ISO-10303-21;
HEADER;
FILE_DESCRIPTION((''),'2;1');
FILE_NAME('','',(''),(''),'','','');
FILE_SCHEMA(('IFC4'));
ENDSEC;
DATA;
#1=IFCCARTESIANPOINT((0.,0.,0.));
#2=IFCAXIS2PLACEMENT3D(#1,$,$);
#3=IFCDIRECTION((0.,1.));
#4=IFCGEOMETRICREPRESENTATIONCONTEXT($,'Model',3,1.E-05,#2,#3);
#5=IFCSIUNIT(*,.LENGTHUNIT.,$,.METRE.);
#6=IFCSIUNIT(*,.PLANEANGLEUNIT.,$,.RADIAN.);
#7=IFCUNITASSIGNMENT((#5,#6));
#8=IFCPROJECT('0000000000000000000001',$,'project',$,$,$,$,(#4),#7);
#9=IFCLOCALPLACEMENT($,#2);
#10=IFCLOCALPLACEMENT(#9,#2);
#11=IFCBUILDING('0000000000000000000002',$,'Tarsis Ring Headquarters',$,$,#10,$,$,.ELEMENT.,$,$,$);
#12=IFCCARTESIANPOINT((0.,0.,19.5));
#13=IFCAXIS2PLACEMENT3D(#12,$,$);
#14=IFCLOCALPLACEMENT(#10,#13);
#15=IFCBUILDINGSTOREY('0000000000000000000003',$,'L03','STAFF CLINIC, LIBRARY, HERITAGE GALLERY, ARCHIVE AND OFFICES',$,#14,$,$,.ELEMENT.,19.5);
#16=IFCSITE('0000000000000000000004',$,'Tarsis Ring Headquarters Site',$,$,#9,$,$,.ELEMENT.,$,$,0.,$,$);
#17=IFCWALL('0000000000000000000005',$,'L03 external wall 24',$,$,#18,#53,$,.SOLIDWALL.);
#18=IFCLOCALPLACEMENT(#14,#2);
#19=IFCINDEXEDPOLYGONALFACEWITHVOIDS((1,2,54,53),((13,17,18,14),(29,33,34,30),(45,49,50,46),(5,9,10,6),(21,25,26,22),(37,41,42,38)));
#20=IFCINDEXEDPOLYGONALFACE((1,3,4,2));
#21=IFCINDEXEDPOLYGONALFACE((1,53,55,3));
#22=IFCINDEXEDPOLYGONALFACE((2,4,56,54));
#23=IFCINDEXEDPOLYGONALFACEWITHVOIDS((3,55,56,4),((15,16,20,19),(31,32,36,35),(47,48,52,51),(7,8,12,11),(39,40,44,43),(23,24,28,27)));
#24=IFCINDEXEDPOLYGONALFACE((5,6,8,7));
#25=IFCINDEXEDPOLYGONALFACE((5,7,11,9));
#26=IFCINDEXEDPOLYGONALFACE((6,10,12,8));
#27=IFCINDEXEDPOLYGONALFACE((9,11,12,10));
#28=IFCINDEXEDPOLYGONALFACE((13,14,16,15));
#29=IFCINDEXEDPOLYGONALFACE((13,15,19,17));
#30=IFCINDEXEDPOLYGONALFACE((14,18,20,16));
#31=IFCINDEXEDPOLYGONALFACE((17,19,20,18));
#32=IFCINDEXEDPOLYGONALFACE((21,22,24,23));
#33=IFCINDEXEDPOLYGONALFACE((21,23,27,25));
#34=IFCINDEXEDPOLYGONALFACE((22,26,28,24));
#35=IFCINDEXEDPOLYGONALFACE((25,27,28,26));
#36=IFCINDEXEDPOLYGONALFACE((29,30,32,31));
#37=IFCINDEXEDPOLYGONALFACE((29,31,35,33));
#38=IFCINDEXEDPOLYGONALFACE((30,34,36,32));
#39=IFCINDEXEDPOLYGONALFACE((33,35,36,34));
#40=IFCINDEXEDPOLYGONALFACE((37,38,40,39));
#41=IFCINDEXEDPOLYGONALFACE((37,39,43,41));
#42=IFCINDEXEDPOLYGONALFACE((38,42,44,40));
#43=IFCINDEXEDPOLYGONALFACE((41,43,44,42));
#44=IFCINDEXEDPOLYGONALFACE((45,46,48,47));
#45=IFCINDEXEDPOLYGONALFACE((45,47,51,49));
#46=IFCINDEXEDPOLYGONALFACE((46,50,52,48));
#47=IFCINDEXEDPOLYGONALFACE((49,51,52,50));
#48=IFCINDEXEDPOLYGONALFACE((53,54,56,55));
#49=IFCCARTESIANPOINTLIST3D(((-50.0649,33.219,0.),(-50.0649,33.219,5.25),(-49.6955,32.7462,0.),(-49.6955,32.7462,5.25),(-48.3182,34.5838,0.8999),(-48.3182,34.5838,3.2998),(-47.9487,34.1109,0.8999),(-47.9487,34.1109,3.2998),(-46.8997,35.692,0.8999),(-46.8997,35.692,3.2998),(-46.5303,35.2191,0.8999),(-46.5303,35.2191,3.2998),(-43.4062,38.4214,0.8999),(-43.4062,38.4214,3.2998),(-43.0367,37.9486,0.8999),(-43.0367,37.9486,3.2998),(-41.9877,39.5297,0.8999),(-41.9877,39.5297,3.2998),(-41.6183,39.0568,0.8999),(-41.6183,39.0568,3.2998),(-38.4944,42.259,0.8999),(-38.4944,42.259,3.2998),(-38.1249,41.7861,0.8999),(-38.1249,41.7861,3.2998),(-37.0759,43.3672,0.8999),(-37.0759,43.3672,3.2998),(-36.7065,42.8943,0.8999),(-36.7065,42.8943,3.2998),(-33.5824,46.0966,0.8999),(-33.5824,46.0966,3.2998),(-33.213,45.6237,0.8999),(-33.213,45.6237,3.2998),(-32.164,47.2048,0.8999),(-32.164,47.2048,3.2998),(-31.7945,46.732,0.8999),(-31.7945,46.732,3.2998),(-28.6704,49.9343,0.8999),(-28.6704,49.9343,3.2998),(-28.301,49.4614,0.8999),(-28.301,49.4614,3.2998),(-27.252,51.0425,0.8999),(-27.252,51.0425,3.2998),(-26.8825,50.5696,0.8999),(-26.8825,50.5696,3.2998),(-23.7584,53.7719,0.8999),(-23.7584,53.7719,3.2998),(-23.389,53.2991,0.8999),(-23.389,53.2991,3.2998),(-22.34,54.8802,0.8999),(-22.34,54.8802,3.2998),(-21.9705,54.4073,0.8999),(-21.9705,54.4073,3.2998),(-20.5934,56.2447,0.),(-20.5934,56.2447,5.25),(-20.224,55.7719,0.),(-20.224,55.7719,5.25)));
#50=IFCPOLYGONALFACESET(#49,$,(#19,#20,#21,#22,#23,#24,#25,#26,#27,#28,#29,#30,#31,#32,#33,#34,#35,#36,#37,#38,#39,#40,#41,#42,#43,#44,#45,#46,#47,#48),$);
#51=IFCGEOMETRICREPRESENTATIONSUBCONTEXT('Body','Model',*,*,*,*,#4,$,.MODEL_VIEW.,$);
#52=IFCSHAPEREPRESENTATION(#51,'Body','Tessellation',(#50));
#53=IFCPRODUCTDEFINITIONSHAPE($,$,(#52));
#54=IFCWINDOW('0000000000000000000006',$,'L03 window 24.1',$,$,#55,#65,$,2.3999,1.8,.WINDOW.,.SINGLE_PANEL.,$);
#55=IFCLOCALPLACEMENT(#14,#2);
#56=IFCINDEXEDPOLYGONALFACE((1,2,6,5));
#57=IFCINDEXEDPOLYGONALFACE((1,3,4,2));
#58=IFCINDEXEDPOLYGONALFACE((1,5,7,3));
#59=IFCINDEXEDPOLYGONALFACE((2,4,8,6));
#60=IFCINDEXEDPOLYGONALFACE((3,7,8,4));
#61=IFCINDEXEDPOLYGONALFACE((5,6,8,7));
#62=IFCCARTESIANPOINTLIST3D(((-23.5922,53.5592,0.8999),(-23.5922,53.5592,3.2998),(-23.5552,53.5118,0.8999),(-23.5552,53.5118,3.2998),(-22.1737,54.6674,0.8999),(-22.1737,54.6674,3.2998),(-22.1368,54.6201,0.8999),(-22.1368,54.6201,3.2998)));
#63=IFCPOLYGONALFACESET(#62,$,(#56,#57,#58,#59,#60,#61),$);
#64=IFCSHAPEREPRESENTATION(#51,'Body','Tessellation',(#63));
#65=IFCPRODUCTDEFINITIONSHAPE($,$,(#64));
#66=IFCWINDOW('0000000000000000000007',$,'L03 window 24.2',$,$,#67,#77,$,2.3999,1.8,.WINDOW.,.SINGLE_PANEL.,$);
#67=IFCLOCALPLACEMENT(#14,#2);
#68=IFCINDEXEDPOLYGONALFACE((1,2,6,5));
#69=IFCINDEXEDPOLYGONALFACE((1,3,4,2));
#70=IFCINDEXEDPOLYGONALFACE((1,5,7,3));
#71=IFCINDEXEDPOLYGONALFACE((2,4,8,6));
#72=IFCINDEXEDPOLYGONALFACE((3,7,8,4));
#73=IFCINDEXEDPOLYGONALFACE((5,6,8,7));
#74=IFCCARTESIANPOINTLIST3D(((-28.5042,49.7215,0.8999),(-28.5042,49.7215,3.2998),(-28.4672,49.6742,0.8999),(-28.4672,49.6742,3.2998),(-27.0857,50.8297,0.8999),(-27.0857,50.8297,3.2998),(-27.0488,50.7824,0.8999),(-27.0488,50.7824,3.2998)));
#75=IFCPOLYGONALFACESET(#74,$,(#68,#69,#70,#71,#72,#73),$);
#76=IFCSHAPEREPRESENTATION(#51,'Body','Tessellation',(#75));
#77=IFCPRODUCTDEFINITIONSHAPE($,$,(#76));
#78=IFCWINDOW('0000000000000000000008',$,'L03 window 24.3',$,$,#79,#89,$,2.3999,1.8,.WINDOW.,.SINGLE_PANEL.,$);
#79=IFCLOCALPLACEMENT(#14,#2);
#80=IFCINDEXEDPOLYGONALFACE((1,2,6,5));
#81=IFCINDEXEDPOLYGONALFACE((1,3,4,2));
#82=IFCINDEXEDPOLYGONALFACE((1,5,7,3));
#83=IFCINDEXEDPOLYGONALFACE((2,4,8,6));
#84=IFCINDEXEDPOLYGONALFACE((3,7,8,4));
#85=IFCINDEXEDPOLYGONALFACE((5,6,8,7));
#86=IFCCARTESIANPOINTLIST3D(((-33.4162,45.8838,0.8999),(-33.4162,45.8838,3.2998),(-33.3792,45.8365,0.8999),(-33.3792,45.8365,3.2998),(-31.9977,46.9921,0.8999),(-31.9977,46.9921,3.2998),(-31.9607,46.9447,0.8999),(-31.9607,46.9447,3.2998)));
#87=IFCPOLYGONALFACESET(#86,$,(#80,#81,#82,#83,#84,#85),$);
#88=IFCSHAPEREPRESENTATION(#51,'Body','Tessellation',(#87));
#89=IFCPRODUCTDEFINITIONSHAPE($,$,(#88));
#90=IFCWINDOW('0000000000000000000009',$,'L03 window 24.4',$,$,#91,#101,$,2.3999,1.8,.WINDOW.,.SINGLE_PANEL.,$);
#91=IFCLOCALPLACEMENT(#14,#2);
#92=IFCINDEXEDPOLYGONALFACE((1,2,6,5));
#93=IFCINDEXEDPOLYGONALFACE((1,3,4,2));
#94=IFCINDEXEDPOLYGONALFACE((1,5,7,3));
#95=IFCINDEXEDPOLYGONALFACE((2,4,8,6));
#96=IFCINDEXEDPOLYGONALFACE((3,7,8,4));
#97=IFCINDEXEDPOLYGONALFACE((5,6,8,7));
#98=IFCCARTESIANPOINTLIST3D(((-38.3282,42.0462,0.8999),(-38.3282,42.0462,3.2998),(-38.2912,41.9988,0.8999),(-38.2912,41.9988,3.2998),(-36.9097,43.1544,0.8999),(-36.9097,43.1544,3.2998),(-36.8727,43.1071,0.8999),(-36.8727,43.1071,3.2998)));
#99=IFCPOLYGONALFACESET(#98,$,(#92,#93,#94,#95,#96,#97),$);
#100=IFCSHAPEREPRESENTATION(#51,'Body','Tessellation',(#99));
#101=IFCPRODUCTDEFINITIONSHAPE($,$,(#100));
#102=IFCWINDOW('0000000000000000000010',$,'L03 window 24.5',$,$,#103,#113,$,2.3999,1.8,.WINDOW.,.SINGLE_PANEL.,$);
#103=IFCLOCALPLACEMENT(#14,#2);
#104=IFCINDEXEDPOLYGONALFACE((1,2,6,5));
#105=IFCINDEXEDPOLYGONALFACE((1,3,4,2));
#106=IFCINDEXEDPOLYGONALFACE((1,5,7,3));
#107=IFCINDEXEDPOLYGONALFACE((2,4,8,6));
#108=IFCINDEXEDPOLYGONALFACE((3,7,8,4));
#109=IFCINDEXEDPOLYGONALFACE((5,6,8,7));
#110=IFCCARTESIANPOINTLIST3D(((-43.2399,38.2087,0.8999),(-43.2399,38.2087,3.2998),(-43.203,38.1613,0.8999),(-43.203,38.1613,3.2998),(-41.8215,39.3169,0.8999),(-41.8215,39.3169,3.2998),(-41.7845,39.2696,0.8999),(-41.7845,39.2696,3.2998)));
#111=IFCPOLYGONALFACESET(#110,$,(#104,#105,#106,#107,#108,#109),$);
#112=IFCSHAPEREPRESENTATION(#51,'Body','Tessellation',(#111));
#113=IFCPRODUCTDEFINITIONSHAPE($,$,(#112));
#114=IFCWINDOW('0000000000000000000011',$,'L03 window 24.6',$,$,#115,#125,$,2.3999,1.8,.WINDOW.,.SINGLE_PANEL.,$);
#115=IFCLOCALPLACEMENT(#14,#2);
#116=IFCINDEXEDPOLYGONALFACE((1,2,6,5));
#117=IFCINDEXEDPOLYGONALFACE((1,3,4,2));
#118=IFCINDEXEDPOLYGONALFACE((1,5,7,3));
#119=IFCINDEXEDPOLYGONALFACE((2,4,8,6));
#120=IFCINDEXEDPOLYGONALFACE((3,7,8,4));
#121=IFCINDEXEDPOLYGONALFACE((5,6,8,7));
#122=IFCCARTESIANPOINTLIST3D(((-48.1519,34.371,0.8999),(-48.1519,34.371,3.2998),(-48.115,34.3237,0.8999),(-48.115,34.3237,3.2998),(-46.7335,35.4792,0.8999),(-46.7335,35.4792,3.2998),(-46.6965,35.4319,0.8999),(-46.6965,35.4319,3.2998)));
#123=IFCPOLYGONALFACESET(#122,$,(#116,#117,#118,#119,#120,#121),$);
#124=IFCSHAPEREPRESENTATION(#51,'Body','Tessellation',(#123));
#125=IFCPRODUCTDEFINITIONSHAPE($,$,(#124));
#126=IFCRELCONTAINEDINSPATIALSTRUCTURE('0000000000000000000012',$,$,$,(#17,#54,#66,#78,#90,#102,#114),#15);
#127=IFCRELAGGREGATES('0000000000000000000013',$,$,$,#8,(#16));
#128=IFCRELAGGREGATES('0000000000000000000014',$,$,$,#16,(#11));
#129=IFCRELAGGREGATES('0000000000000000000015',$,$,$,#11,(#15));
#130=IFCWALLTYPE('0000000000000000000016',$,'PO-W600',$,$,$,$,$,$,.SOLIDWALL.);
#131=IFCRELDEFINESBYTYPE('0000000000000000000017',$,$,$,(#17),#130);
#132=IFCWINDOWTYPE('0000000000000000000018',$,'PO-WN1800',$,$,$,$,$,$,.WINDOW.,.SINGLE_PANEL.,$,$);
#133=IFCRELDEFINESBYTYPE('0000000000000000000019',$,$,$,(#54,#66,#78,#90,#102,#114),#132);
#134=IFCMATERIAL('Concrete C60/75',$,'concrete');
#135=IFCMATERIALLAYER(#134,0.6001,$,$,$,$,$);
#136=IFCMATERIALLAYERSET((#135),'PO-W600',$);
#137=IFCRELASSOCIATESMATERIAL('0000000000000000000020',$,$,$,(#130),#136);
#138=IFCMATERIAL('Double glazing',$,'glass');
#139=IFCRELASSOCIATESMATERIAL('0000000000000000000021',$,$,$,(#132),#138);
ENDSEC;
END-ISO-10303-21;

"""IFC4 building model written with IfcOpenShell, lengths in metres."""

from ifc_helpers import new_model, si_unit, direction, frame, frame_2d, origin, place, context, subcontext, project, spatial, rectangle, extrude, material, layer, layer_set, type_object, element, fill, save


model = new_model("IFC4")

# Units and contexts
model_context = context("Model", 3, precision=1e-05, world=origin(), true_north=direction((0.0, 1.0)))
body_context = subcontext(model_context, "Body", "Model", "MODEL_VIEW")
ifc_project = project(units=[si_unit("LENGTHUNIT", "METRE"), si_unit("PLANEANGLEUNIT", "RADIAN")], contexts=[model_context])

# Site, building, storey
site_placement = place(None, origin())
site = spatial("IfcSite", under=ifc_project, at=site_placement, Name="Tarsis Ring Headquarters Site", CompositionType="ELEMENT", RefElevation=0.0)
building_placement = place(site_placement, origin())
building = spatial("IfcBuilding", under=site, at=building_placement, Name="Tarsis Ring Headquarters", CompositionType="ELEMENT")
storey_placement = place(building_placement, frame((0.0, 0.0, 19.5)))
storey = spatial("IfcBuildingStorey", under=building, at=storey_placement, Name="L03", Description="STAFF CLINIC, LIBRARY, HERITAGE GALLERY, ARCHIVE AND OFFICES", CompositionType="ELEMENT", Elevation=19.5)

# Shared definitions
ifc_material_1 = material(Name="Concrete C60/75", Category="concrete")

# Wall, openings, windows
ifc_layer_1 = layer(ifc_material_1, 0.6001)
ifc_layer_set_1 = layer_set([ifc_layer_1], Name="PO-W600")
wall_type_1 = type_object("IfcWallType", Name="PO-W600", PredefinedType="SOLIDWALL", material=ifc_layer_set_1)
wall_1_placement = place(storey_placement, frame((-20.4087, 56.0083, 0.0), z_axis=(0.0, 0.0, 1.0), x_axis=(-0.78801, -0.615662, 0.0)))
wall_1 = element("IfcWall", 1, at=wall_1_placement, inside=storey, type_object=wall_type_1, Name="L03 external wall 24", PredefinedType="SOLIDWALL", context=body_context, shape_type="SweptSolid", body=[
    extrude(rectangle(XDim=37.3999, YDim=0.6001, at=frame_2d((18.7, 0.0))), origin(), (0.0, 0.0, 1.0), 5.25),
])
opening_1_placement = place(wall_1_placement, frame((2.2166, 0.0, 0.8999)))
opening_1 = element("IfcOpeningElement", 2, at=opening_1_placement, cuts=wall_1, PredefinedType="OPENING", context=body_context, shape_type="SweptSolid", body=[
    extrude(rectangle(XDim=1.8, YDim=2.3999, at=frame_2d((0.8999, 1.2))), frame((0.0, 0.3101, 0.0), z_axis=(0.0, -1.0, 0.0), x_axis=(1.0, 0.0, 0.0)), (0.0, 0.0, 1.0), 0.6201),
])
opening_2_placement = place(wall_1_placement, frame((8.45, 0.0, 0.8999)))
opening_2 = element("IfcOpeningElement", 3, at=opening_2_placement, cuts=wall_1, PredefinedType="OPENING", context=body_context, shape_type="SweptSolid", body=[
    extrude(rectangle(XDim=1.8, YDim=2.3999, at=frame_2d((0.8999, 1.2))), frame((0.0, 0.3101, 0.0), z_axis=(0.0, -1.0, 0.0), x_axis=(1.0, 0.0, 0.0)), (0.0, 0.0, 1.0), 0.6201),
])
opening_3_placement = place(wall_1_placement, frame((14.6833, 0.0, 0.8999)))
opening_3 = element("IfcOpeningElement", 4, at=opening_3_placement, cuts=wall_1, PredefinedType="OPENING", context=body_context, shape_type="SweptSolid", body=[
    extrude(rectangle(XDim=1.8, YDim=2.3999, at=frame_2d((0.8999, 1.2))), frame((0.0, 0.3101, 0.0), z_axis=(0.0, -1.0, 0.0), x_axis=(1.0, 0.0, 0.0)), (0.0, 0.0, 1.0), 0.6201),
])
opening_4_placement = place(wall_1_placement, frame((20.9167, 0.0, 0.8999)))
opening_4 = element("IfcOpeningElement", 5, at=opening_4_placement, cuts=wall_1, PredefinedType="OPENING", context=body_context, shape_type="SweptSolid", body=[
    extrude(rectangle(XDim=1.8, YDim=2.3999, at=frame_2d((0.8999, 1.2))), frame((0.0, 0.3101, 0.0), z_axis=(0.0, -1.0, 0.0), x_axis=(1.0, 0.0, 0.0)), (0.0, 0.0, 1.0), 0.6201),
])
opening_5_placement = place(wall_1_placement, frame((27.1499, 0.0, 0.8999)))
opening_5 = element("IfcOpeningElement", 6, at=opening_5_placement, cuts=wall_1, PredefinedType="OPENING", context=body_context, shape_type="SweptSolid", body=[
    extrude(rectangle(XDim=1.8, YDim=2.3999, at=frame_2d((0.8999, 1.2))), frame((0.0, 0.3101, 0.0), z_axis=(0.0, -1.0, 0.0), x_axis=(1.0, 0.0, 0.0)), (0.0, 0.0, 1.0), 0.6201),
])
opening_6_placement = place(wall_1_placement, frame((33.3833, 0.0, 0.8999)))
opening_6 = element("IfcOpeningElement", 7, at=opening_6_placement, cuts=wall_1, PredefinedType="OPENING", context=body_context, shape_type="SweptSolid", body=[
    extrude(rectangle(XDim=1.8, YDim=2.3999, at=frame_2d((0.8999, 1.2))), frame((0.0, 0.3101, 0.0), z_axis=(0.0, -1.0, 0.0), x_axis=(1.0, 0.0, 0.0)), (0.0, 0.0, 1.0), 0.6201),
])
ifc_material_2 = material(Name="Double glazing", Category="glass")
window_type = type_object("IfcWindowType", Name="PO-WN1800", PartitioningType="SINGLE_PANEL", PredefinedType="WINDOW", material=ifc_material_2)
window_1_placement = place(opening_1_placement, origin())
window_1 = element("IfcWindow", 8, at=window_1_placement, inside=storey, type_object=window_type, Name="L03 window 24.1", OverallHeight=2.3999, OverallWidth=1.8, PartitioningType="SINGLE_PANEL", PredefinedType="WINDOW", context=body_context, shape_type="SweptSolid", body=[
    extrude(rectangle(XDim=1.8, YDim=2.3999, at=frame_2d((0.8999, 1.2))), frame((0.0, 0.03, 0.0), z_axis=(0.0, -1.0, 0.0), x_axis=(1.0, 0.0, 0.0)), (0.0, 0.0, 1.0), 0.0601),
])
fill(opening_1, window_1)
window_2_placement = place(opening_2_placement, origin())
window_2 = element("IfcWindow", 9, at=window_2_placement, inside=storey, type_object=window_type, Name="L03 window 24.2", OverallHeight=2.3999, OverallWidth=1.8, PartitioningType="SINGLE_PANEL", PredefinedType="WINDOW", context=body_context, shape_type="SweptSolid", body=[
    extrude(rectangle(XDim=1.8, YDim=2.3999, at=frame_2d((0.8999, 1.2))), frame((0.0, 0.03, 0.0), z_axis=(0.0, -1.0, 0.0), x_axis=(1.0, 0.0, 0.0)), (0.0, 0.0, 1.0), 0.0601),
])
fill(opening_2, window_2)
window_3_placement = place(opening_3_placement, origin())
window_3 = element("IfcWindow", 10, at=window_3_placement, inside=storey, type_object=window_type, Name="L03 window 24.3", OverallHeight=2.3999, OverallWidth=1.8, PartitioningType="SINGLE_PANEL", PredefinedType="WINDOW", context=body_context, shape_type="SweptSolid", body=[
    extrude(rectangle(XDim=1.8, YDim=2.3999, at=frame_2d((0.8999, 1.2))), frame((0.0, 0.03, 0.0), z_axis=(0.0, -1.0, 0.0), x_axis=(1.0, 0.0, 0.0)), (0.0, 0.0, 1.0), 0.0601),
])
fill(opening_3, window_3)
window_4_placement = place(opening_4_placement, origin())
window_4 = element("IfcWindow", 11, at=window_4_placement, inside=storey, type_object=window_type, Name="L03 window 24.4", OverallHeight=2.3999, OverallWidth=1.8, PartitioningType="SINGLE_PANEL", PredefinedType="WINDOW", context=body_context, shape_type="SweptSolid", body=[
    extrude(rectangle(XDim=1.8, YDim=2.3999, at=frame_2d((0.8999, 1.2))), frame((0.0, 0.03, 0.0), z_axis=(0.0, -1.0, 0.0), x_axis=(1.0, 0.0, 0.0)), (0.0, 0.0, 1.0), 0.0601),
])
fill(opening_4, window_4)
window_5_placement = place(opening_5_placement, origin())
window_5 = element("IfcWindow", 12, at=window_5_placement, inside=storey, type_object=window_type, Name="L03 window 24.5", OverallHeight=2.3999, OverallWidth=1.8, PartitioningType="SINGLE_PANEL", PredefinedType="WINDOW", context=body_context, shape_type="SweptSolid", body=[
    extrude(rectangle(XDim=1.8, YDim=2.3999, at=frame_2d((0.8999, 1.2))), frame((0.0, 0.03, 0.0), z_axis=(0.0, -1.0, 0.0), x_axis=(1.0, 0.0, 0.0)), (0.0, 0.0, 1.0), 0.0601),
])
fill(opening_5, window_5)
window_6_placement = place(opening_6_placement, origin())
window_6 = element("IfcWindow", 13, at=window_6_placement, inside=storey, type_object=window_type, Name="L03 window 24.6", OverallHeight=2.3999, OverallWidth=1.8, PartitioningType="SINGLE_PANEL", PredefinedType="WINDOW", context=body_context, shape_type="SweptSolid", body=[
    extrude(rectangle(XDim=1.8, YDim=2.3999, at=frame_2d((0.8999, 1.2))), frame((0.0, 0.03, 0.0), z_axis=(0.0, -1.0, 0.0), x_axis=(1.0, 0.0, 0.0)), (0.0, 0.0, 1.0), 0.0601),
])
fill(opening_6, window_6)

save(model, "model.ifc")
